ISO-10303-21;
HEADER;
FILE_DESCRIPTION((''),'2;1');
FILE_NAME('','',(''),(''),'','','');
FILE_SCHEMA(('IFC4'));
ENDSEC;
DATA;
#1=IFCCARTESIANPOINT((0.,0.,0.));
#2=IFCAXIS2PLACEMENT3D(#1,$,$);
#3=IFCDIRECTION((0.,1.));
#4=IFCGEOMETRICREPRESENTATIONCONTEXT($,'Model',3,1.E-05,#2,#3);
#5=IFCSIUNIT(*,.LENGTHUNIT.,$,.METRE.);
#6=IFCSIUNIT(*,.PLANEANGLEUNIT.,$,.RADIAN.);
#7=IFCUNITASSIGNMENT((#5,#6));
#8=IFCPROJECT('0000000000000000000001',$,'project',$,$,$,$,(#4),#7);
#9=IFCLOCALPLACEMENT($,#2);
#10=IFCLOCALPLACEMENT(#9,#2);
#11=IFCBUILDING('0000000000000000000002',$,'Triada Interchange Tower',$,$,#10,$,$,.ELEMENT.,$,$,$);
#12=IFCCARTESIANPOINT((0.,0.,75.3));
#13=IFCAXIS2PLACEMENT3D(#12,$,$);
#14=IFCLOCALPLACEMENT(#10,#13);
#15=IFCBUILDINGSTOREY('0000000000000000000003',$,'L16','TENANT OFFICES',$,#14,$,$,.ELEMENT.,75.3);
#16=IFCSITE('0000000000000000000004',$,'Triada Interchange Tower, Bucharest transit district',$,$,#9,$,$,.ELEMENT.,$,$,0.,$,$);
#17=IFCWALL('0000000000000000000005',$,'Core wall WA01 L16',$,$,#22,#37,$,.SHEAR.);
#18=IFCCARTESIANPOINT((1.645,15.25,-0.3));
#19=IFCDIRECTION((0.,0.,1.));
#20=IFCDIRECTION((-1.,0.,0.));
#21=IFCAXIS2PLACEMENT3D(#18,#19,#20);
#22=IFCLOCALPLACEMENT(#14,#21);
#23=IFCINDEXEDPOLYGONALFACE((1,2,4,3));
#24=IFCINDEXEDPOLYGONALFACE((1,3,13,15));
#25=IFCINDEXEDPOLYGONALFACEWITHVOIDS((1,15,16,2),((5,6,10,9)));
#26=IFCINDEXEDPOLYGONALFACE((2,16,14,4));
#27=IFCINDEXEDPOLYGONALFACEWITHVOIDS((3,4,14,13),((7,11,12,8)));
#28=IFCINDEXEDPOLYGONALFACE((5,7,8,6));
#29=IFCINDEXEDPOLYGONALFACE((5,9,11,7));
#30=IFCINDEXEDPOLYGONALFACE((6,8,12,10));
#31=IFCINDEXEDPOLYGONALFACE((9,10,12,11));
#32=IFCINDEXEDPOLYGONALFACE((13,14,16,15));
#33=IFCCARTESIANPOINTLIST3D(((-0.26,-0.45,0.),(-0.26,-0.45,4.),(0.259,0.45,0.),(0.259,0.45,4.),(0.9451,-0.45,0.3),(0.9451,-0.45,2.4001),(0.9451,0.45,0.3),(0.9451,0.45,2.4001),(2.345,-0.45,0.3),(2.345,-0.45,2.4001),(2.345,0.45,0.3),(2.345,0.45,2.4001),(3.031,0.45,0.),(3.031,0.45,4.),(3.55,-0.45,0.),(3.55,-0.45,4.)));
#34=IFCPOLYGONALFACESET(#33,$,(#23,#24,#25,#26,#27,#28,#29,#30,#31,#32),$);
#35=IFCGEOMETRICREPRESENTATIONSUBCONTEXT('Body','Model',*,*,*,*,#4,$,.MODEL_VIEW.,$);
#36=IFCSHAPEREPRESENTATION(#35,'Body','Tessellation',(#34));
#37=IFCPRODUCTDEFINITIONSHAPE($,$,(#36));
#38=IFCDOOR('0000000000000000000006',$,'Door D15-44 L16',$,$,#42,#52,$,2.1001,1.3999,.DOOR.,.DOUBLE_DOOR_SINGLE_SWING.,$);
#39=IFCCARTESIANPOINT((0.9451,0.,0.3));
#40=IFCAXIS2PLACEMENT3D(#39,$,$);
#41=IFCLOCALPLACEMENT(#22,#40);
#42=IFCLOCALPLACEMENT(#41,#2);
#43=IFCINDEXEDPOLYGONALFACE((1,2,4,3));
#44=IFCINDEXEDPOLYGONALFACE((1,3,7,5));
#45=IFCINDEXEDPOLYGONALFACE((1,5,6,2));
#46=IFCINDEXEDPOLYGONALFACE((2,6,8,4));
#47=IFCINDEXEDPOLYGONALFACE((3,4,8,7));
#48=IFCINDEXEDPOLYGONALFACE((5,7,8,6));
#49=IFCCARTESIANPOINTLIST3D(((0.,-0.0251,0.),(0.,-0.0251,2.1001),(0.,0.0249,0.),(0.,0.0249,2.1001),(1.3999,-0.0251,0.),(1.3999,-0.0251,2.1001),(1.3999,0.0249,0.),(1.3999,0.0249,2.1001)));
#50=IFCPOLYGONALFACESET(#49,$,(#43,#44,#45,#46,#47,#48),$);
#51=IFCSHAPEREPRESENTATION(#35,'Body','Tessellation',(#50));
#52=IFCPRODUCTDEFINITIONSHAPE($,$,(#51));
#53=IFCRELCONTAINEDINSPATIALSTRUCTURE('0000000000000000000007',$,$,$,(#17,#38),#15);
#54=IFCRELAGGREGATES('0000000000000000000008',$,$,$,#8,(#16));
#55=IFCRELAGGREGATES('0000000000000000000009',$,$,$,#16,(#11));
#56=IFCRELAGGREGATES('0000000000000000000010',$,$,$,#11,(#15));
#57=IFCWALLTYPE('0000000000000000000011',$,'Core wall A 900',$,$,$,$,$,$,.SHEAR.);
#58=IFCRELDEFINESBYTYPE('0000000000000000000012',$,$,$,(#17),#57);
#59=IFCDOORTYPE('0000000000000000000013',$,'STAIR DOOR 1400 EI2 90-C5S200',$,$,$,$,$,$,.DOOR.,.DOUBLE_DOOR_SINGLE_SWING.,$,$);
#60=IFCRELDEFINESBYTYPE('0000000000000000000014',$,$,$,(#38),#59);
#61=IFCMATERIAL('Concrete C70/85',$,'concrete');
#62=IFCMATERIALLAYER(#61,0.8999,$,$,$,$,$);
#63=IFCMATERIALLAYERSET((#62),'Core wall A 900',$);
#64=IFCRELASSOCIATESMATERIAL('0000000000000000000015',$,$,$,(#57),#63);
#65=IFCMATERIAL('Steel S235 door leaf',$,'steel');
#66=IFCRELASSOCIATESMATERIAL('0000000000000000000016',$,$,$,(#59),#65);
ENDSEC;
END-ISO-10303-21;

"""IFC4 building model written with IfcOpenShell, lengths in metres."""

from ifc_helpers import new_model, si_unit, direction, frame, frame_2d, origin, place, context, subcontext, project, spatial, polyline, rectangle, outline, extrude, material, layer, layer_set, type_object, element, fill, save


model = new_model("IFC4")

# Units and contexts
model_context = context("Model", 3, precision=1e-05, world=origin(), true_north=direction((0.0, 1.0)))
body_context = subcontext(model_context, "Body", "Model", "MODEL_VIEW")
ifc_project = project(units=[si_unit("LENGTHUNIT", "METRE"), si_unit("PLANEANGLEUNIT", "RADIAN")], contexts=[model_context])

# Site, building, storey
site_placement = place(None, origin())
site = spatial("IfcSite", under=ifc_project, at=site_placement, Name="Triada Interchange Tower, Bucharest transit district", CompositionType="ELEMENT", RefElevation=0.0)
building_placement = place(site_placement, origin())
building = spatial("IfcBuilding", under=site, at=building_placement, Name="Triada Interchange Tower", CompositionType="ELEMENT")
storey_placement = place(building_placement, frame((0.0, 0.0, 75.3)))
storey = spatial("IfcBuildingStorey", under=building, at=storey_placement, Name="L16", Description="TENANT OFFICES", CompositionType="ELEMENT", Elevation=75.3)

# Shared definitions
ifc_material_1 = material(Name="Concrete C70/85", Category="concrete")

# Wall, opening, door
ifc_layer_1 = layer(ifc_material_1, 0.8999)
ifc_layer_set_1 = layer_set([ifc_layer_1], Name="Core wall A 900")
wall_type_1 = type_object("IfcWallType", Name="Core wall A 900", PredefinedType="SHEAR", material=ifc_layer_set_1)
wall_1_placement = place(storey_placement, frame((1.645, 15.25, -0.3), z_axis=(0.0, 0.0, 1.0), x_axis=(-1.0, 0.0, 0.0)))
wall_1 = element("IfcWall", 1, at=wall_1_placement, inside=storey, type_object=wall_type_1, Name="Core wall WA01 L16", PredefinedType="SHEAR", context=body_context, shape_type="SweptSolid", body=[
    extrude(outline(polyline([(-0.26, -0.45), (1.645, -0.45), (3.55, -0.45), (3.031, 0.45), (1.645, 0.45), (0.259, 0.45), (-0.26, -0.45)])), origin(), (0.0, 0.0, 1.0), 4.0),
])
opening_1_placement = place(wall_1_placement, frame((0.9451, 0.0, 0.3)))
opening_1 = element("IfcOpeningElement", 2, at=opening_1_placement, cuts=wall_1, PredefinedType="OPENING", context=body_context, shape_type="SweptSolid", body=[
    extrude(rectangle(XDim=1.3999, YDim=2.1001, at=frame_2d((0.7, 1.05))), frame((0.0, 0.46, 0.0), z_axis=(0.0, -1.0, 0.0), x_axis=(1.0, 0.0, 0.0)), (0.0, 0.0, 1.0), 0.9199),
])
ifc_material_2 = material(Name="Steel S235 door leaf", Category="steel")
door_type_1 = type_object("IfcDoorType", Name="STAIR DOOR 1400 EI2 90-C5S200", OperationType="DOUBLE_DOOR_SINGLE_SWING", PredefinedType="DOOR", material=ifc_material_2)
door_1_placement = place(opening_1_placement, origin())
door_1 = element("IfcDoor", 3, at=door_1_placement, inside=storey, type_object=door_type_1, Name="Door D15-44 L16", OperationType="DOUBLE_DOOR_SINGLE_SWING", OverallHeight=2.1001, OverallWidth=1.3999, PredefinedType="DOOR", context=body_context, shape_type="SweptSolid", body=[
    extrude(rectangle(XDim=1.3999, YDim=2.1001, at=frame_2d((0.7, 1.05))), frame((0.0, 0.0249, 0.0), z_axis=(0.0, -1.0, 0.0), x_axis=(1.0, 0.0, 0.0)), (0.0, 0.0, 1.0), 0.05),
])
fill(opening_1, door_1)

save(model, "model.ifc")
